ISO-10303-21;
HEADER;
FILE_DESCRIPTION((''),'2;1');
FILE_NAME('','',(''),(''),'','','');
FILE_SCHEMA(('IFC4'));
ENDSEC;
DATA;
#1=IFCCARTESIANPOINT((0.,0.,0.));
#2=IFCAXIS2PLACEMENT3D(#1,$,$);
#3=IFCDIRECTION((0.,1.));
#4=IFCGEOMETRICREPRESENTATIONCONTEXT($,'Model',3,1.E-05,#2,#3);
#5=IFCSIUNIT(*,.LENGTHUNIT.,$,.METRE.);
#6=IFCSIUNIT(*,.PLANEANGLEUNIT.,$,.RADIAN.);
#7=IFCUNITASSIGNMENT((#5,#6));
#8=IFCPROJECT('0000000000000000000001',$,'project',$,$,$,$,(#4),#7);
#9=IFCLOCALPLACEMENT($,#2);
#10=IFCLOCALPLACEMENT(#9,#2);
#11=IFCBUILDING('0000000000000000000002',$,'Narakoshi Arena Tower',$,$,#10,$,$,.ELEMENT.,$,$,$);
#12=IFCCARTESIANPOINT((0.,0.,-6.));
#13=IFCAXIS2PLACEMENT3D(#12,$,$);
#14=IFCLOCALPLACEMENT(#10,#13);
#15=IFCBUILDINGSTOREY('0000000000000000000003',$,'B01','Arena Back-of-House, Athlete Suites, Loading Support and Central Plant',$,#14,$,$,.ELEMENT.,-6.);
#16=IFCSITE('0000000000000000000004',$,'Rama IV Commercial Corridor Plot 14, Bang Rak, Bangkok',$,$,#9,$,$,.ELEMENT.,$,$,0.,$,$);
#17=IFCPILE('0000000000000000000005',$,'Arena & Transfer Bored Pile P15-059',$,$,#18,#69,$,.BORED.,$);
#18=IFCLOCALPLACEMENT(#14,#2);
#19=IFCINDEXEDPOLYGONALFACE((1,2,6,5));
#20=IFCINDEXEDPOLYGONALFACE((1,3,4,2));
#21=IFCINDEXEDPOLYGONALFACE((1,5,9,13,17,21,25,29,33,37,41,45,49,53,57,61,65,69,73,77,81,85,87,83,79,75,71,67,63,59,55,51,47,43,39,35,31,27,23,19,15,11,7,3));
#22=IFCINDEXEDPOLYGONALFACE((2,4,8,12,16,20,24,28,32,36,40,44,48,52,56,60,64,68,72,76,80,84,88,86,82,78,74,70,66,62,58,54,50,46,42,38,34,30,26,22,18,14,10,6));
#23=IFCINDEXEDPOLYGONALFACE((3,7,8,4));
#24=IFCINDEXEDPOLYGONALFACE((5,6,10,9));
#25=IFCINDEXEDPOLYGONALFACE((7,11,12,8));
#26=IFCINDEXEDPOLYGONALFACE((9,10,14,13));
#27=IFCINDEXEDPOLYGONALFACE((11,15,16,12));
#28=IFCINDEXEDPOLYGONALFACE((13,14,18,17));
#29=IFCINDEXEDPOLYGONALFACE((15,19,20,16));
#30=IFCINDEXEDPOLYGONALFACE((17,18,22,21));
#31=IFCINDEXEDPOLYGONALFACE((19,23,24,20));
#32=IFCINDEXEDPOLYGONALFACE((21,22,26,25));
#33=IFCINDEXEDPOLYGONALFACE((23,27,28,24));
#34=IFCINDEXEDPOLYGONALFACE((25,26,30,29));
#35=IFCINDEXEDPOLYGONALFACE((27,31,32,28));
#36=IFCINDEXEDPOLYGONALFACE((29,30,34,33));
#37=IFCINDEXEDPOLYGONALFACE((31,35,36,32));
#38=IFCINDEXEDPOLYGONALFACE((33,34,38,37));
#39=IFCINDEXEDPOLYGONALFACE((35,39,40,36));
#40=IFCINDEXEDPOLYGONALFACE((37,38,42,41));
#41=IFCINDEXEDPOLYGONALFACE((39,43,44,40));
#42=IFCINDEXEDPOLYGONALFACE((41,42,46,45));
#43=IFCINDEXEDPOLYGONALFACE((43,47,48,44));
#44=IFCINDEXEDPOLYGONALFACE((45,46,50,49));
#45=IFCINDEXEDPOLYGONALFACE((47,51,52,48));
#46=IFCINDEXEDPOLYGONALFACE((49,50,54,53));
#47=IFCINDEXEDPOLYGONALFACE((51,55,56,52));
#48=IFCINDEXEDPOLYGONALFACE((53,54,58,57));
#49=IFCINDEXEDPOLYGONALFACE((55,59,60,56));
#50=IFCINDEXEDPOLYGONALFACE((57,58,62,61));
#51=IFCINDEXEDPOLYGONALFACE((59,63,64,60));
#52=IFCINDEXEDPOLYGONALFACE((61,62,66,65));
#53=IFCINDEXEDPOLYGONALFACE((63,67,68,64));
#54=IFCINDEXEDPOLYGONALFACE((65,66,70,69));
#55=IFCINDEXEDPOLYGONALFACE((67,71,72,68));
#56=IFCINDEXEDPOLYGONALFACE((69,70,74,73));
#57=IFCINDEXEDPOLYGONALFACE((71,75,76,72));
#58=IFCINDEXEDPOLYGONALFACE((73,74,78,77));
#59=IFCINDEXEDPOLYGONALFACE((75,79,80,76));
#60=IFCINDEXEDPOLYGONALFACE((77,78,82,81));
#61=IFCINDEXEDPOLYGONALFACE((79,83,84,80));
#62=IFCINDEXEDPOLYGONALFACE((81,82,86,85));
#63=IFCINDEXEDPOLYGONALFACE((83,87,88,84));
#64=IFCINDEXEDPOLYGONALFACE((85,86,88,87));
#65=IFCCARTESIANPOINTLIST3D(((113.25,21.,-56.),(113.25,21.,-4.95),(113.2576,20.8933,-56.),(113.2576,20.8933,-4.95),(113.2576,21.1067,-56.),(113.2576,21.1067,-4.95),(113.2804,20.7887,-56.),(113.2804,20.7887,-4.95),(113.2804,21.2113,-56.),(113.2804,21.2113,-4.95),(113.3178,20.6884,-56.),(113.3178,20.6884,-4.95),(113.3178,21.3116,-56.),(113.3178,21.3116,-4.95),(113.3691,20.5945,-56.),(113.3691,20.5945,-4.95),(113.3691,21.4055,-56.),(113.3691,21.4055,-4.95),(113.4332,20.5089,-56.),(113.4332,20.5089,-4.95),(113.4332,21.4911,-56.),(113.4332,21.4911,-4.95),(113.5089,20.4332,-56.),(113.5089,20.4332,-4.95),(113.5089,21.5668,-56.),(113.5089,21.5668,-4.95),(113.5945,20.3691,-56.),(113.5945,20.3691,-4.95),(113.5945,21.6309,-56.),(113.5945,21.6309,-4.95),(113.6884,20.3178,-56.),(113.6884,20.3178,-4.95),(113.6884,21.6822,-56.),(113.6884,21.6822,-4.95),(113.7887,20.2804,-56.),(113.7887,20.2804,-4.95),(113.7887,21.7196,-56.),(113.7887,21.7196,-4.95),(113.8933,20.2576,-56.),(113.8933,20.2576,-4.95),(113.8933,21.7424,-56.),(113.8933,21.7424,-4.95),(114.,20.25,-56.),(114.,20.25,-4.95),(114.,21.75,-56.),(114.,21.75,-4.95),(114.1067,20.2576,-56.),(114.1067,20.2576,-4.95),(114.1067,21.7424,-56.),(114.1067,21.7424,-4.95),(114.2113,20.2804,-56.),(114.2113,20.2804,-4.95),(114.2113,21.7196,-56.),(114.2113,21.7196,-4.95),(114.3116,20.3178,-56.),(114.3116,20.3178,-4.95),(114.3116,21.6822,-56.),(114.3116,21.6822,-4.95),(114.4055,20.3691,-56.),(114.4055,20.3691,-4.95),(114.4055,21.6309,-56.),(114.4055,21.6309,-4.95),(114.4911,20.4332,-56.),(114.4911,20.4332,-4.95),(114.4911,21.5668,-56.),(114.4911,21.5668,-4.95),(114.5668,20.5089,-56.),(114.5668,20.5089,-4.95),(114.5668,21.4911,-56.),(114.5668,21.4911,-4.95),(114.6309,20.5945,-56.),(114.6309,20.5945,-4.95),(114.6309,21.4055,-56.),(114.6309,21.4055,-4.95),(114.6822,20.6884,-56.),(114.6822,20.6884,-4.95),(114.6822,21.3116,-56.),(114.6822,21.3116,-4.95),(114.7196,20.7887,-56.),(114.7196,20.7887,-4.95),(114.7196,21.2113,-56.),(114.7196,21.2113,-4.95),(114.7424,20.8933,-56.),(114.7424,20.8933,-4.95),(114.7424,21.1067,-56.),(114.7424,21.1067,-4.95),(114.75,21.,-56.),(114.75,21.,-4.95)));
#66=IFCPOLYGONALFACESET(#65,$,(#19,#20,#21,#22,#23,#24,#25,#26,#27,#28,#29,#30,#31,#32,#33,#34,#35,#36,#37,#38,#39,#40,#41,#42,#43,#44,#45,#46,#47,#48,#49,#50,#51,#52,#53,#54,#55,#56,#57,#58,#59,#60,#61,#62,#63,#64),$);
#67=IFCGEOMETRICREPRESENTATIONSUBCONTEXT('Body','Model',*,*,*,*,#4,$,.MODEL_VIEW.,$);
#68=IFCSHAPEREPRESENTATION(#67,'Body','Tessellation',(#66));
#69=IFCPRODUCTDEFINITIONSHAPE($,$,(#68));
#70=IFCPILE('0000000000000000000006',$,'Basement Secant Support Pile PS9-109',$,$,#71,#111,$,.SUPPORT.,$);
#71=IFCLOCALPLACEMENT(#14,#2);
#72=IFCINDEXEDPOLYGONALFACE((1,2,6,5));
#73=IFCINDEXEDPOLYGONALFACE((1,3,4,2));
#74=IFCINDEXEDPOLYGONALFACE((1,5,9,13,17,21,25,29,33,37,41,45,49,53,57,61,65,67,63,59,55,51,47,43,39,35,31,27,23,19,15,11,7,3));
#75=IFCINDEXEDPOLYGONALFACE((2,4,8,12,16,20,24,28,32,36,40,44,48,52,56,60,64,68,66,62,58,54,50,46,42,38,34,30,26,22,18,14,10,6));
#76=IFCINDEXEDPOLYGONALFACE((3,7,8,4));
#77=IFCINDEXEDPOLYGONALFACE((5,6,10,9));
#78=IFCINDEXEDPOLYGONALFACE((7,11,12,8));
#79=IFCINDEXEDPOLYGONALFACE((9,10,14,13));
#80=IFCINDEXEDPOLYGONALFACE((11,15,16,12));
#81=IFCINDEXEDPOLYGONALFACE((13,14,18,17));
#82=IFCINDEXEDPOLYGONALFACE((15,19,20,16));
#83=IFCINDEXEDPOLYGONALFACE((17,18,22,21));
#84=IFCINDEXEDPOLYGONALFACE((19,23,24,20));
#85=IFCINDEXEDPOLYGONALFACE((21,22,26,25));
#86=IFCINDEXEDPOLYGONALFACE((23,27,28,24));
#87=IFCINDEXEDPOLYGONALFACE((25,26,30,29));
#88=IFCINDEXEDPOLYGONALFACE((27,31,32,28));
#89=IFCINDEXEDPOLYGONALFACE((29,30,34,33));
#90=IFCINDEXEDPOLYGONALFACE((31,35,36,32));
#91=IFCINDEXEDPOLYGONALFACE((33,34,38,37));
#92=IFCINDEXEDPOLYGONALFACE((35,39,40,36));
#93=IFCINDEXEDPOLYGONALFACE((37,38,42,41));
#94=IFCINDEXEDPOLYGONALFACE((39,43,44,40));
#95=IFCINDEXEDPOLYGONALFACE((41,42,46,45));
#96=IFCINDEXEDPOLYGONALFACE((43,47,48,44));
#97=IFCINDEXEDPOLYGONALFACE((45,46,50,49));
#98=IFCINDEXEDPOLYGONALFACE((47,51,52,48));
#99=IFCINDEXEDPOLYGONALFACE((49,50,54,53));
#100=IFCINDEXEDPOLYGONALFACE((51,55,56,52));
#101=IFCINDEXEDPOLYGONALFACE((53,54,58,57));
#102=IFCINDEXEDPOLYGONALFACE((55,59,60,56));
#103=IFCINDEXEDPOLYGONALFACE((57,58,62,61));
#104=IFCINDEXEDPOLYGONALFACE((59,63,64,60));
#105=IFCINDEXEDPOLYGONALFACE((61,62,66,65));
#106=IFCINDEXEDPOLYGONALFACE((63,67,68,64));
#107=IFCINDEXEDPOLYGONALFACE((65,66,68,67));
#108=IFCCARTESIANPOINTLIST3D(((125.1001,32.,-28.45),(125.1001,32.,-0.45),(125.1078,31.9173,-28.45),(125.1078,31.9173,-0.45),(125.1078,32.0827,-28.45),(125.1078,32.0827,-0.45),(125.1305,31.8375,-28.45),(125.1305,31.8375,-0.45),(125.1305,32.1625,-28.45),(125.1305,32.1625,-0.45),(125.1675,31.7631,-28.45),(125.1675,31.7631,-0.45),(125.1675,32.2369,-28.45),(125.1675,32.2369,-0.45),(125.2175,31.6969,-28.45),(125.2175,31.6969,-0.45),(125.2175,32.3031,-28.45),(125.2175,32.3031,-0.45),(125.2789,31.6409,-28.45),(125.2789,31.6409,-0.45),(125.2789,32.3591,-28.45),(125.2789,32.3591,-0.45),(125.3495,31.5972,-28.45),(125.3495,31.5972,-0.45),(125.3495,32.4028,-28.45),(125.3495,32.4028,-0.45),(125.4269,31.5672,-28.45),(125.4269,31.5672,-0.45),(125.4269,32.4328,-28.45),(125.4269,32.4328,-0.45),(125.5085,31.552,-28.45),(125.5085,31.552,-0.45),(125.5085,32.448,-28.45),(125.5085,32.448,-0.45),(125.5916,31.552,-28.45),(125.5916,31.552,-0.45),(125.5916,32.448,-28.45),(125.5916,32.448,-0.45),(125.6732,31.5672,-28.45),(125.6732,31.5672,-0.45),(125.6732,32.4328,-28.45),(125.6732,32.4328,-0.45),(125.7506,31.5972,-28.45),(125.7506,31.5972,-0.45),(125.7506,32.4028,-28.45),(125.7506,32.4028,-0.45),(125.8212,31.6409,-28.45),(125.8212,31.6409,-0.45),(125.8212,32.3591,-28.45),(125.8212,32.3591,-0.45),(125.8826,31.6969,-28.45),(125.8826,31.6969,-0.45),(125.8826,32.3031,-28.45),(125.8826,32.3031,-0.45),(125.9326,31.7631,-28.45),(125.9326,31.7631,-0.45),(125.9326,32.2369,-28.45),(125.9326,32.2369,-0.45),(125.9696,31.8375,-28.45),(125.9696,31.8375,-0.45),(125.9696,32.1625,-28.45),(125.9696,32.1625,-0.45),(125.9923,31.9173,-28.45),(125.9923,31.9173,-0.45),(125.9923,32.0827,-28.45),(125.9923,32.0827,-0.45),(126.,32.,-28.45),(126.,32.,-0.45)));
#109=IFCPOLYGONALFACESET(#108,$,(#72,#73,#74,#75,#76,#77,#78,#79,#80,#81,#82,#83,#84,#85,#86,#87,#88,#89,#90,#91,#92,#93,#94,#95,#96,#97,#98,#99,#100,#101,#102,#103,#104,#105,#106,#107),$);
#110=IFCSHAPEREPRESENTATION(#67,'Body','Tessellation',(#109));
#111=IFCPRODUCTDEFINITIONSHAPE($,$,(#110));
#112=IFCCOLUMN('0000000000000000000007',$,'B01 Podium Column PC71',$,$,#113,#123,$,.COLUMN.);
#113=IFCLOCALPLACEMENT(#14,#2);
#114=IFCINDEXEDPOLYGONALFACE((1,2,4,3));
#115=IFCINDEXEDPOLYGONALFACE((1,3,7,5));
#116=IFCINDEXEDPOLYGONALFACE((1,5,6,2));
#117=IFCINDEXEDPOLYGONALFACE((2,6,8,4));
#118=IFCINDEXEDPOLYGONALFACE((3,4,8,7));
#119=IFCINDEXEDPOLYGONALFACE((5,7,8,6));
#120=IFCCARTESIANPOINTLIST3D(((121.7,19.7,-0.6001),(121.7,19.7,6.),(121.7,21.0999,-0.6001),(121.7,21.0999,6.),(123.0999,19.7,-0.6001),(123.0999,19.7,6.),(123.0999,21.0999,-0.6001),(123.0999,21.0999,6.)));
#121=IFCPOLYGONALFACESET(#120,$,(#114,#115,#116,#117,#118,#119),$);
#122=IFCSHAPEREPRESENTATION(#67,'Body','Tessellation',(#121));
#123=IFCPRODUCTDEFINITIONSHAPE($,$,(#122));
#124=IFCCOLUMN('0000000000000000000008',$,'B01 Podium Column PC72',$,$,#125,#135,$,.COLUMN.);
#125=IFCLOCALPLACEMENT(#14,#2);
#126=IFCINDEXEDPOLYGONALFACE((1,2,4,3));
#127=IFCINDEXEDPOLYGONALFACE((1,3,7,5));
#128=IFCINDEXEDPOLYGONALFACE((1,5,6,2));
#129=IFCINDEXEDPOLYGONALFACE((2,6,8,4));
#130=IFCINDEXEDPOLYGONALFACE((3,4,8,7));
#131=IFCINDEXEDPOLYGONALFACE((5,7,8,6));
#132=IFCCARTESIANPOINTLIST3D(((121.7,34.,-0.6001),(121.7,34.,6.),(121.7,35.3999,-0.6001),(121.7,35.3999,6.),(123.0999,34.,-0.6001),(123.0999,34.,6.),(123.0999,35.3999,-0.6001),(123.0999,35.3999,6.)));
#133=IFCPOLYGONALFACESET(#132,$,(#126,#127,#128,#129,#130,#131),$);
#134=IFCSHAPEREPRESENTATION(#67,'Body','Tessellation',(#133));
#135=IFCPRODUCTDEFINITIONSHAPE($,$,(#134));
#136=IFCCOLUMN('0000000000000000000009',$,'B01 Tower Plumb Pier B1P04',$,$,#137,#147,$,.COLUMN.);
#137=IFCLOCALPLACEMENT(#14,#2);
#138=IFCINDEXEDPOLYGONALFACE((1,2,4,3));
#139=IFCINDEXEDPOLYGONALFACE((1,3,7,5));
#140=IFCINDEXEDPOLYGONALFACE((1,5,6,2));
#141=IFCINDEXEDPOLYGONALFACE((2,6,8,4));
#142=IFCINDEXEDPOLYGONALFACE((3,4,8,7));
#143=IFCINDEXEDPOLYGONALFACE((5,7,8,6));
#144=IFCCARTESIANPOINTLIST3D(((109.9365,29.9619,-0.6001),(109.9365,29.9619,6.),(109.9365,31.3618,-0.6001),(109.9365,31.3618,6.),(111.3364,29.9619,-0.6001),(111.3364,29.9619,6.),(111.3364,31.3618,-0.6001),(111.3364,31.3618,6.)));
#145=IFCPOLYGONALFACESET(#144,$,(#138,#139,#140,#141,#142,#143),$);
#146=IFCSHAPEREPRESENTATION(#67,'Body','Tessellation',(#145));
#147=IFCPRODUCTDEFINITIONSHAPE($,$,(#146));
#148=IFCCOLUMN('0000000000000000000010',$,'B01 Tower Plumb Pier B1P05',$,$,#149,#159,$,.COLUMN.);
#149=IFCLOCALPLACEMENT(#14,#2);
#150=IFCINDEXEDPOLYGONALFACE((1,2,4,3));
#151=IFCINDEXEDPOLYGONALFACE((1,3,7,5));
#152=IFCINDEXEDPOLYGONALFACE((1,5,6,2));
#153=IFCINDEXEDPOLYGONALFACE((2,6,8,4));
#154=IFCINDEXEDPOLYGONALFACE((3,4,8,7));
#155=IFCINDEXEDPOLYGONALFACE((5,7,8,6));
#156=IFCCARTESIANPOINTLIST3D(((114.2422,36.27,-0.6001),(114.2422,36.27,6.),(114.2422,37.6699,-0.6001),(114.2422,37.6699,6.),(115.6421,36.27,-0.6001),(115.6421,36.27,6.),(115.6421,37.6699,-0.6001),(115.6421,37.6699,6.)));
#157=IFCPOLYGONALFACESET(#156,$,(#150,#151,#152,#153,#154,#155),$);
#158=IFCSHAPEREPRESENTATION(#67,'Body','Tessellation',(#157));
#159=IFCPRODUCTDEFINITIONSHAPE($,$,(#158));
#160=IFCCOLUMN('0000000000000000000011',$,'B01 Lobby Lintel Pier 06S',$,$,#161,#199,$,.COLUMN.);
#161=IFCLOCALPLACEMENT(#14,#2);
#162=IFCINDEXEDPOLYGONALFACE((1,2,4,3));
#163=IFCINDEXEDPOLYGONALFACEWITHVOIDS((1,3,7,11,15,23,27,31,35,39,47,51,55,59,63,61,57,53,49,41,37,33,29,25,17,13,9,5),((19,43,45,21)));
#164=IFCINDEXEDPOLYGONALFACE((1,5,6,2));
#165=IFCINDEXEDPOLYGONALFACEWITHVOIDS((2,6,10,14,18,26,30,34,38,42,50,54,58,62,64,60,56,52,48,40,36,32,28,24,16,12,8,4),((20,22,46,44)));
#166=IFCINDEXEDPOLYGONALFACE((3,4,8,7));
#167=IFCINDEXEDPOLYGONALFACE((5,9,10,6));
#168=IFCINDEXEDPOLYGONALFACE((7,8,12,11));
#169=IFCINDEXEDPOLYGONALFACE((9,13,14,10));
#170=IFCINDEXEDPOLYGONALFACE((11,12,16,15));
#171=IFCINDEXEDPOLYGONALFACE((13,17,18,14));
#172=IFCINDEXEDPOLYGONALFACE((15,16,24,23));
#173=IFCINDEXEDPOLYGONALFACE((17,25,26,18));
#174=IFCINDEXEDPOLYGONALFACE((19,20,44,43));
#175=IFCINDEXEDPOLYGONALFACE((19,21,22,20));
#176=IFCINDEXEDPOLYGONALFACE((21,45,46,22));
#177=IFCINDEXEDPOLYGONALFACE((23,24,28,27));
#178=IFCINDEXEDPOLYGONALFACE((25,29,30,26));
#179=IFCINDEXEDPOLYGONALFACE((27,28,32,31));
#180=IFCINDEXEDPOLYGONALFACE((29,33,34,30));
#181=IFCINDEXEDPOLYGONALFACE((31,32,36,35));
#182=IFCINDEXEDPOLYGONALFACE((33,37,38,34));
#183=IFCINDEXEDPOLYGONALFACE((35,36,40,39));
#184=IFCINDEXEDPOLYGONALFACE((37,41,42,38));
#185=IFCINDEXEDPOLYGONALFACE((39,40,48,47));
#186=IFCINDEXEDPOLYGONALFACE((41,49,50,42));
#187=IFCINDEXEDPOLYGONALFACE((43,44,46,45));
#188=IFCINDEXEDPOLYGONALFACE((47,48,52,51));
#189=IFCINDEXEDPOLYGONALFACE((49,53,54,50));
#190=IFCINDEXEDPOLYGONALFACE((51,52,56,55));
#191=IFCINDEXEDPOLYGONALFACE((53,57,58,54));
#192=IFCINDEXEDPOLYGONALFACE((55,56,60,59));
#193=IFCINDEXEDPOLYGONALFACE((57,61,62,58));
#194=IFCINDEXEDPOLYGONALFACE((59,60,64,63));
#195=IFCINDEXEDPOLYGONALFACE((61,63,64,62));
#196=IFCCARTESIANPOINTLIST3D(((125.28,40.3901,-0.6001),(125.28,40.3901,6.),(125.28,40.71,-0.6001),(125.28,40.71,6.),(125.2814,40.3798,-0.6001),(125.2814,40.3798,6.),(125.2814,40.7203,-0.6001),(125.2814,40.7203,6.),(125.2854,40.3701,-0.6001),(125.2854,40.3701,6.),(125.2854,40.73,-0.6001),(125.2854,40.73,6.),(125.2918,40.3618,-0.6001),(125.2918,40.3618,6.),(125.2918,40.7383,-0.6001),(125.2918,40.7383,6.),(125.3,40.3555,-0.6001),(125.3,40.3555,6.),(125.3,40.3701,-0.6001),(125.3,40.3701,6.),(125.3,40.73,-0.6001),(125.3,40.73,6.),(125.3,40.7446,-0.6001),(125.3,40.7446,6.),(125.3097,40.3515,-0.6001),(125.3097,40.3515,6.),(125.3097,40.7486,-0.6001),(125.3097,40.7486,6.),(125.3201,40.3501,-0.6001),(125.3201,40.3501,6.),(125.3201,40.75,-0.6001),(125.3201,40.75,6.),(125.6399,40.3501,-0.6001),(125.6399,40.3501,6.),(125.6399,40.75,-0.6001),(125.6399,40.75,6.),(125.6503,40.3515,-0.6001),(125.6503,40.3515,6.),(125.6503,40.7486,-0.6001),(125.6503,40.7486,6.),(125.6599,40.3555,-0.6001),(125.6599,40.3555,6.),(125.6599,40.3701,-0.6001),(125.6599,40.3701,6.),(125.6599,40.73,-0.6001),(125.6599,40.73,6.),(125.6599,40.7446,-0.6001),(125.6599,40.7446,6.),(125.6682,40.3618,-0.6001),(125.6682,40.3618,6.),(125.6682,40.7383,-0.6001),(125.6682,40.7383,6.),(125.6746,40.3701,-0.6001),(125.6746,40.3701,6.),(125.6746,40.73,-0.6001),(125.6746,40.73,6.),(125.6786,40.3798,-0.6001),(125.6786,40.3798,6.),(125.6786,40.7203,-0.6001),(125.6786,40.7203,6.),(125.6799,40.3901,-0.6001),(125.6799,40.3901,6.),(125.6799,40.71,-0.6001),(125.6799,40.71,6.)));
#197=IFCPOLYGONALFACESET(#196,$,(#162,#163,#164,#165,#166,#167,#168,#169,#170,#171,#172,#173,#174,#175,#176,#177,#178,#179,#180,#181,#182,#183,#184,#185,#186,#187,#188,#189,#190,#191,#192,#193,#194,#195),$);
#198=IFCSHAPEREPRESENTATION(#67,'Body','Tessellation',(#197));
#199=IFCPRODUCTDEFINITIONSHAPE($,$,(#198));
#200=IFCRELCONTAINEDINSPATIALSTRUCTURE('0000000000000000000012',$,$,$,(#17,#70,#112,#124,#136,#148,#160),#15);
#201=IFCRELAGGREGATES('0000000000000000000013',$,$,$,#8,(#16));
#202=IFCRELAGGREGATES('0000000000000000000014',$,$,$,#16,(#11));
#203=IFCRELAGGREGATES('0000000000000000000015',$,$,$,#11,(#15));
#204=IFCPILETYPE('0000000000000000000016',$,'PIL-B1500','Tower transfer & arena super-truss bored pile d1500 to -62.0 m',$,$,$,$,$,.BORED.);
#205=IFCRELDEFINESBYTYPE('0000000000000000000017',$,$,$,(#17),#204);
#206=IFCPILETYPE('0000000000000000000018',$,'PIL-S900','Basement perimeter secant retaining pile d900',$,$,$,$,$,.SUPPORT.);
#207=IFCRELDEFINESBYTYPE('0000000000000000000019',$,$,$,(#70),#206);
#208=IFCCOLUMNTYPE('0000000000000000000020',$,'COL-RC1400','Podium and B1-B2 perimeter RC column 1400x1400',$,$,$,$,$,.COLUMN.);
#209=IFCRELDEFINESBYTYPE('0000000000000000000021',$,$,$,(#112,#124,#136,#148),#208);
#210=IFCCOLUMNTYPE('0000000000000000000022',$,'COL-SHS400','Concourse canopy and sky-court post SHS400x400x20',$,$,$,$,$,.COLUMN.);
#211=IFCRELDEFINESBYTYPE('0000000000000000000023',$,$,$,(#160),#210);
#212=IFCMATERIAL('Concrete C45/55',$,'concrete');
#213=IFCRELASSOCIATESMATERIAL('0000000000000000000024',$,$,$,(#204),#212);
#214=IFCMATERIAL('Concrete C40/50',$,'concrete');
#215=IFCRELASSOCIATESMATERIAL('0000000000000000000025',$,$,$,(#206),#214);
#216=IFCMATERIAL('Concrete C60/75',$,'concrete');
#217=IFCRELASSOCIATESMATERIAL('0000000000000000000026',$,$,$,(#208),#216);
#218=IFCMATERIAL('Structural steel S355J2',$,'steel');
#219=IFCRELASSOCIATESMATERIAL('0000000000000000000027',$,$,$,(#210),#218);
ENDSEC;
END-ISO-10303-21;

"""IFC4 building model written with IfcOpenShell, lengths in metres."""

from ifc_helpers import new_model, si_unit, direction, frame, origin, origin_2d, place, context, subcontext, project, spatial, rectangle, hollow_rectangle, circle, extrude, material, material_profile, profile_set, type_object, element, save


model = new_model("IFC4")

# Units and contexts
model_context = context("Model", 3, precision=1e-05, world=origin(), true_north=direction((0.0, 1.0)))
body_context = subcontext(model_context, "Body", "Model", "MODEL_VIEW")
ifc_project = project(units=[si_unit("LENGTHUNIT", "METRE"), si_unit("PLANEANGLEUNIT", "RADIAN")], contexts=[model_context])

# Site, building, storey
site_placement = place(None, origin())
site = spatial("IfcSite", under=ifc_project, at=site_placement, Name="Rama IV Commercial Corridor Plot 14, Bang Rak, Bangkok", CompositionType="ELEMENT", RefElevation=0.0)
building_placement = place(site_placement, origin())
building = spatial("IfcBuilding", under=site, at=building_placement, Name="Narakoshi Arena Tower", CompositionType="ELEMENT")
storey_placement = place(building_placement, frame((0.0, 0.0, -6.0)))
storey = spatial("IfcBuildingStorey", under=building, at=storey_placement, Name="B01", Description="Arena Back-of-House, Athlete Suites, Loading Support and Central Plant", CompositionType="ELEMENT", Elevation=-6.0)

# Shared definitions
ifc_material_1 = material(Name="Concrete C45/55", Category="concrete")

# Piles
ifc_material_profile_1 = material_profile(ifc_material_1, circle(Radius=0.75, at=origin_2d()), Name="PILE-D1500")
ifc_profile_set_1 = profile_set([ifc_material_profile_1], Name="Concrete C45/55")
pile_type_1 = type_object("IfcPileType", Name="PIL-B1500", Description="Tower transfer & arena super-truss bored pile d1500 to -62.0 m", PredefinedType="BORED", material=ifc_profile_set_1)
pile_1_placement = place(storey_placement, frame((114.0, 21.0, -4.95), z_axis=(0.0, 0.0, -1.0), x_axis=(1.0, 0.0, 0.0)))
element("IfcPile", 1, at=pile_1_placement, inside=storey, type_object=pile_type_1, Name="Arena & Transfer Bored Pile P15-059", PredefinedType="BORED", context=body_context, shape_type="SweptSolid", body=[
    extrude(circle(Radius=0.75, at=origin_2d()), origin(), (0.0, 0.0, 1.0), 51.05),
])
ifc_material_2 = material(Name="Concrete C40/50", Category="concrete")
ifc_material_profile_2 = material_profile(ifc_material_2, circle(Radius=0.45, at=origin_2d()), Name="PILE-D900")
ifc_profile_set_2 = profile_set([ifc_material_profile_2], Name="Concrete C40/50")
pile_type_2 = type_object("IfcPileType", Name="PIL-S900", Description="Basement perimeter secant retaining pile d900", PredefinedType="SUPPORT", material=ifc_profile_set_2)
pile_2_placement = place(storey_placement, frame((125.55, 32.0, -0.45), z_axis=(0.0, 0.0, -1.0), x_axis=(1.0, 0.0, 0.0)))
element("IfcPile", 2, at=pile_2_placement, inside=storey, type_object=pile_type_2, Name="Basement Secant Support Pile PS9-109", PredefinedType="SUPPORT", context=body_context, shape_type="SweptSolid", body=[
    extrude(circle(Radius=0.45, at=origin_2d()), origin(), (0.0, 0.0, 1.0), 28.0),
])

# Columns
ifc_material_3 = material(Name="Concrete C60/75", Category="concrete")
ifc_material_profile_3 = material_profile(ifc_material_3, rectangle(XDim=1.3999, YDim=1.3999, at=origin_2d()), Name="RC1400x1400")
ifc_profile_set_3 = profile_set([ifc_material_profile_3], Name="Concrete C60/75")
column_type_1 = type_object("IfcColumnType", Name="COL-RC1400", Description="Podium and B1-B2 perimeter RC column 1400x1400", PredefinedType="COLUMN", material=ifc_profile_set_3)
for number, where, z_axis, x_axis, name in (
    (3, (122.3999, 20.3999, -0.6001), (0.0, 0.0, 1.0), (1.0, 0.0, 0.0), "B01 Podium Column PC71"),
    (4, (122.3999, 34.7, -0.6001), (0.0, 0.0, 1.0), (1.0, 0.0, 0.0), "B01 Podium Column PC72"),
    (5, (110.6365, 30.6619, -0.6001), (0.0, 0.0, 1.0), (1.0, 0.0, 0.0), "B01 Tower Plumb Pier B1P04"),
    (6, (114.9421, 36.97, -0.6001), (0.0, 0.0, 1.0), (1.0, 0.0, 0.0), "B01 Tower Plumb Pier B1P05"),
):
    element("IfcColumn", number, at=place(storey_placement, frame(where, z_axis=z_axis, x_axis=x_axis)), inside=storey, type_object=column_type_1, Name=name, PredefinedType="COLUMN", context=body_context, shape_type="SweptSolid", body=[
        extrude(rectangle(XDim=1.3999, YDim=1.3999, at=origin_2d()), origin(), (0.0, 0.0, 1.0), 6.6001),
    ])
ifc_material_4 = material(Name="Structural steel S355J2", Category="steel")
ifc_material_profile_4 = material_profile(ifc_material_4, hollow_rectangle(XDim=0.3999, YDim=0.3999, WallThickness=0.02, OuterFilletRadius=0.04, at=origin_2d()), Name="SHS400x400x20")
ifc_profile_set_4 = profile_set([ifc_material_profile_4], Name="Structural steel S355J2")
column_type_2 = type_object("IfcColumnType", Name="COL-SHS400", Description="Concourse canopy and sky-court post SHS400x400x20", PredefinedType="COLUMN", material=ifc_profile_set_4)
column_placement = place(storey_placement, frame((125.48, 40.55, -0.6001), z_axis=(0.0, 0.0, 1.0), x_axis=(1.0, 0.0, 0.0)))
element("IfcColumn", 7, at=column_placement, inside=storey, type_object=column_type_2, Name="B01 Lobby Lintel Pier 06S", PredefinedType="COLUMN", context=body_context, shape_type="SweptSolid", body=[
    extrude(hollow_rectangle(XDim=0.3999, YDim=0.3999, WallThickness=0.02, OuterFilletRadius=0.04, at=origin_2d()), origin(), (0.0, 0.0, 1.0), 6.6001),
])

save(model, "model.ifc")
